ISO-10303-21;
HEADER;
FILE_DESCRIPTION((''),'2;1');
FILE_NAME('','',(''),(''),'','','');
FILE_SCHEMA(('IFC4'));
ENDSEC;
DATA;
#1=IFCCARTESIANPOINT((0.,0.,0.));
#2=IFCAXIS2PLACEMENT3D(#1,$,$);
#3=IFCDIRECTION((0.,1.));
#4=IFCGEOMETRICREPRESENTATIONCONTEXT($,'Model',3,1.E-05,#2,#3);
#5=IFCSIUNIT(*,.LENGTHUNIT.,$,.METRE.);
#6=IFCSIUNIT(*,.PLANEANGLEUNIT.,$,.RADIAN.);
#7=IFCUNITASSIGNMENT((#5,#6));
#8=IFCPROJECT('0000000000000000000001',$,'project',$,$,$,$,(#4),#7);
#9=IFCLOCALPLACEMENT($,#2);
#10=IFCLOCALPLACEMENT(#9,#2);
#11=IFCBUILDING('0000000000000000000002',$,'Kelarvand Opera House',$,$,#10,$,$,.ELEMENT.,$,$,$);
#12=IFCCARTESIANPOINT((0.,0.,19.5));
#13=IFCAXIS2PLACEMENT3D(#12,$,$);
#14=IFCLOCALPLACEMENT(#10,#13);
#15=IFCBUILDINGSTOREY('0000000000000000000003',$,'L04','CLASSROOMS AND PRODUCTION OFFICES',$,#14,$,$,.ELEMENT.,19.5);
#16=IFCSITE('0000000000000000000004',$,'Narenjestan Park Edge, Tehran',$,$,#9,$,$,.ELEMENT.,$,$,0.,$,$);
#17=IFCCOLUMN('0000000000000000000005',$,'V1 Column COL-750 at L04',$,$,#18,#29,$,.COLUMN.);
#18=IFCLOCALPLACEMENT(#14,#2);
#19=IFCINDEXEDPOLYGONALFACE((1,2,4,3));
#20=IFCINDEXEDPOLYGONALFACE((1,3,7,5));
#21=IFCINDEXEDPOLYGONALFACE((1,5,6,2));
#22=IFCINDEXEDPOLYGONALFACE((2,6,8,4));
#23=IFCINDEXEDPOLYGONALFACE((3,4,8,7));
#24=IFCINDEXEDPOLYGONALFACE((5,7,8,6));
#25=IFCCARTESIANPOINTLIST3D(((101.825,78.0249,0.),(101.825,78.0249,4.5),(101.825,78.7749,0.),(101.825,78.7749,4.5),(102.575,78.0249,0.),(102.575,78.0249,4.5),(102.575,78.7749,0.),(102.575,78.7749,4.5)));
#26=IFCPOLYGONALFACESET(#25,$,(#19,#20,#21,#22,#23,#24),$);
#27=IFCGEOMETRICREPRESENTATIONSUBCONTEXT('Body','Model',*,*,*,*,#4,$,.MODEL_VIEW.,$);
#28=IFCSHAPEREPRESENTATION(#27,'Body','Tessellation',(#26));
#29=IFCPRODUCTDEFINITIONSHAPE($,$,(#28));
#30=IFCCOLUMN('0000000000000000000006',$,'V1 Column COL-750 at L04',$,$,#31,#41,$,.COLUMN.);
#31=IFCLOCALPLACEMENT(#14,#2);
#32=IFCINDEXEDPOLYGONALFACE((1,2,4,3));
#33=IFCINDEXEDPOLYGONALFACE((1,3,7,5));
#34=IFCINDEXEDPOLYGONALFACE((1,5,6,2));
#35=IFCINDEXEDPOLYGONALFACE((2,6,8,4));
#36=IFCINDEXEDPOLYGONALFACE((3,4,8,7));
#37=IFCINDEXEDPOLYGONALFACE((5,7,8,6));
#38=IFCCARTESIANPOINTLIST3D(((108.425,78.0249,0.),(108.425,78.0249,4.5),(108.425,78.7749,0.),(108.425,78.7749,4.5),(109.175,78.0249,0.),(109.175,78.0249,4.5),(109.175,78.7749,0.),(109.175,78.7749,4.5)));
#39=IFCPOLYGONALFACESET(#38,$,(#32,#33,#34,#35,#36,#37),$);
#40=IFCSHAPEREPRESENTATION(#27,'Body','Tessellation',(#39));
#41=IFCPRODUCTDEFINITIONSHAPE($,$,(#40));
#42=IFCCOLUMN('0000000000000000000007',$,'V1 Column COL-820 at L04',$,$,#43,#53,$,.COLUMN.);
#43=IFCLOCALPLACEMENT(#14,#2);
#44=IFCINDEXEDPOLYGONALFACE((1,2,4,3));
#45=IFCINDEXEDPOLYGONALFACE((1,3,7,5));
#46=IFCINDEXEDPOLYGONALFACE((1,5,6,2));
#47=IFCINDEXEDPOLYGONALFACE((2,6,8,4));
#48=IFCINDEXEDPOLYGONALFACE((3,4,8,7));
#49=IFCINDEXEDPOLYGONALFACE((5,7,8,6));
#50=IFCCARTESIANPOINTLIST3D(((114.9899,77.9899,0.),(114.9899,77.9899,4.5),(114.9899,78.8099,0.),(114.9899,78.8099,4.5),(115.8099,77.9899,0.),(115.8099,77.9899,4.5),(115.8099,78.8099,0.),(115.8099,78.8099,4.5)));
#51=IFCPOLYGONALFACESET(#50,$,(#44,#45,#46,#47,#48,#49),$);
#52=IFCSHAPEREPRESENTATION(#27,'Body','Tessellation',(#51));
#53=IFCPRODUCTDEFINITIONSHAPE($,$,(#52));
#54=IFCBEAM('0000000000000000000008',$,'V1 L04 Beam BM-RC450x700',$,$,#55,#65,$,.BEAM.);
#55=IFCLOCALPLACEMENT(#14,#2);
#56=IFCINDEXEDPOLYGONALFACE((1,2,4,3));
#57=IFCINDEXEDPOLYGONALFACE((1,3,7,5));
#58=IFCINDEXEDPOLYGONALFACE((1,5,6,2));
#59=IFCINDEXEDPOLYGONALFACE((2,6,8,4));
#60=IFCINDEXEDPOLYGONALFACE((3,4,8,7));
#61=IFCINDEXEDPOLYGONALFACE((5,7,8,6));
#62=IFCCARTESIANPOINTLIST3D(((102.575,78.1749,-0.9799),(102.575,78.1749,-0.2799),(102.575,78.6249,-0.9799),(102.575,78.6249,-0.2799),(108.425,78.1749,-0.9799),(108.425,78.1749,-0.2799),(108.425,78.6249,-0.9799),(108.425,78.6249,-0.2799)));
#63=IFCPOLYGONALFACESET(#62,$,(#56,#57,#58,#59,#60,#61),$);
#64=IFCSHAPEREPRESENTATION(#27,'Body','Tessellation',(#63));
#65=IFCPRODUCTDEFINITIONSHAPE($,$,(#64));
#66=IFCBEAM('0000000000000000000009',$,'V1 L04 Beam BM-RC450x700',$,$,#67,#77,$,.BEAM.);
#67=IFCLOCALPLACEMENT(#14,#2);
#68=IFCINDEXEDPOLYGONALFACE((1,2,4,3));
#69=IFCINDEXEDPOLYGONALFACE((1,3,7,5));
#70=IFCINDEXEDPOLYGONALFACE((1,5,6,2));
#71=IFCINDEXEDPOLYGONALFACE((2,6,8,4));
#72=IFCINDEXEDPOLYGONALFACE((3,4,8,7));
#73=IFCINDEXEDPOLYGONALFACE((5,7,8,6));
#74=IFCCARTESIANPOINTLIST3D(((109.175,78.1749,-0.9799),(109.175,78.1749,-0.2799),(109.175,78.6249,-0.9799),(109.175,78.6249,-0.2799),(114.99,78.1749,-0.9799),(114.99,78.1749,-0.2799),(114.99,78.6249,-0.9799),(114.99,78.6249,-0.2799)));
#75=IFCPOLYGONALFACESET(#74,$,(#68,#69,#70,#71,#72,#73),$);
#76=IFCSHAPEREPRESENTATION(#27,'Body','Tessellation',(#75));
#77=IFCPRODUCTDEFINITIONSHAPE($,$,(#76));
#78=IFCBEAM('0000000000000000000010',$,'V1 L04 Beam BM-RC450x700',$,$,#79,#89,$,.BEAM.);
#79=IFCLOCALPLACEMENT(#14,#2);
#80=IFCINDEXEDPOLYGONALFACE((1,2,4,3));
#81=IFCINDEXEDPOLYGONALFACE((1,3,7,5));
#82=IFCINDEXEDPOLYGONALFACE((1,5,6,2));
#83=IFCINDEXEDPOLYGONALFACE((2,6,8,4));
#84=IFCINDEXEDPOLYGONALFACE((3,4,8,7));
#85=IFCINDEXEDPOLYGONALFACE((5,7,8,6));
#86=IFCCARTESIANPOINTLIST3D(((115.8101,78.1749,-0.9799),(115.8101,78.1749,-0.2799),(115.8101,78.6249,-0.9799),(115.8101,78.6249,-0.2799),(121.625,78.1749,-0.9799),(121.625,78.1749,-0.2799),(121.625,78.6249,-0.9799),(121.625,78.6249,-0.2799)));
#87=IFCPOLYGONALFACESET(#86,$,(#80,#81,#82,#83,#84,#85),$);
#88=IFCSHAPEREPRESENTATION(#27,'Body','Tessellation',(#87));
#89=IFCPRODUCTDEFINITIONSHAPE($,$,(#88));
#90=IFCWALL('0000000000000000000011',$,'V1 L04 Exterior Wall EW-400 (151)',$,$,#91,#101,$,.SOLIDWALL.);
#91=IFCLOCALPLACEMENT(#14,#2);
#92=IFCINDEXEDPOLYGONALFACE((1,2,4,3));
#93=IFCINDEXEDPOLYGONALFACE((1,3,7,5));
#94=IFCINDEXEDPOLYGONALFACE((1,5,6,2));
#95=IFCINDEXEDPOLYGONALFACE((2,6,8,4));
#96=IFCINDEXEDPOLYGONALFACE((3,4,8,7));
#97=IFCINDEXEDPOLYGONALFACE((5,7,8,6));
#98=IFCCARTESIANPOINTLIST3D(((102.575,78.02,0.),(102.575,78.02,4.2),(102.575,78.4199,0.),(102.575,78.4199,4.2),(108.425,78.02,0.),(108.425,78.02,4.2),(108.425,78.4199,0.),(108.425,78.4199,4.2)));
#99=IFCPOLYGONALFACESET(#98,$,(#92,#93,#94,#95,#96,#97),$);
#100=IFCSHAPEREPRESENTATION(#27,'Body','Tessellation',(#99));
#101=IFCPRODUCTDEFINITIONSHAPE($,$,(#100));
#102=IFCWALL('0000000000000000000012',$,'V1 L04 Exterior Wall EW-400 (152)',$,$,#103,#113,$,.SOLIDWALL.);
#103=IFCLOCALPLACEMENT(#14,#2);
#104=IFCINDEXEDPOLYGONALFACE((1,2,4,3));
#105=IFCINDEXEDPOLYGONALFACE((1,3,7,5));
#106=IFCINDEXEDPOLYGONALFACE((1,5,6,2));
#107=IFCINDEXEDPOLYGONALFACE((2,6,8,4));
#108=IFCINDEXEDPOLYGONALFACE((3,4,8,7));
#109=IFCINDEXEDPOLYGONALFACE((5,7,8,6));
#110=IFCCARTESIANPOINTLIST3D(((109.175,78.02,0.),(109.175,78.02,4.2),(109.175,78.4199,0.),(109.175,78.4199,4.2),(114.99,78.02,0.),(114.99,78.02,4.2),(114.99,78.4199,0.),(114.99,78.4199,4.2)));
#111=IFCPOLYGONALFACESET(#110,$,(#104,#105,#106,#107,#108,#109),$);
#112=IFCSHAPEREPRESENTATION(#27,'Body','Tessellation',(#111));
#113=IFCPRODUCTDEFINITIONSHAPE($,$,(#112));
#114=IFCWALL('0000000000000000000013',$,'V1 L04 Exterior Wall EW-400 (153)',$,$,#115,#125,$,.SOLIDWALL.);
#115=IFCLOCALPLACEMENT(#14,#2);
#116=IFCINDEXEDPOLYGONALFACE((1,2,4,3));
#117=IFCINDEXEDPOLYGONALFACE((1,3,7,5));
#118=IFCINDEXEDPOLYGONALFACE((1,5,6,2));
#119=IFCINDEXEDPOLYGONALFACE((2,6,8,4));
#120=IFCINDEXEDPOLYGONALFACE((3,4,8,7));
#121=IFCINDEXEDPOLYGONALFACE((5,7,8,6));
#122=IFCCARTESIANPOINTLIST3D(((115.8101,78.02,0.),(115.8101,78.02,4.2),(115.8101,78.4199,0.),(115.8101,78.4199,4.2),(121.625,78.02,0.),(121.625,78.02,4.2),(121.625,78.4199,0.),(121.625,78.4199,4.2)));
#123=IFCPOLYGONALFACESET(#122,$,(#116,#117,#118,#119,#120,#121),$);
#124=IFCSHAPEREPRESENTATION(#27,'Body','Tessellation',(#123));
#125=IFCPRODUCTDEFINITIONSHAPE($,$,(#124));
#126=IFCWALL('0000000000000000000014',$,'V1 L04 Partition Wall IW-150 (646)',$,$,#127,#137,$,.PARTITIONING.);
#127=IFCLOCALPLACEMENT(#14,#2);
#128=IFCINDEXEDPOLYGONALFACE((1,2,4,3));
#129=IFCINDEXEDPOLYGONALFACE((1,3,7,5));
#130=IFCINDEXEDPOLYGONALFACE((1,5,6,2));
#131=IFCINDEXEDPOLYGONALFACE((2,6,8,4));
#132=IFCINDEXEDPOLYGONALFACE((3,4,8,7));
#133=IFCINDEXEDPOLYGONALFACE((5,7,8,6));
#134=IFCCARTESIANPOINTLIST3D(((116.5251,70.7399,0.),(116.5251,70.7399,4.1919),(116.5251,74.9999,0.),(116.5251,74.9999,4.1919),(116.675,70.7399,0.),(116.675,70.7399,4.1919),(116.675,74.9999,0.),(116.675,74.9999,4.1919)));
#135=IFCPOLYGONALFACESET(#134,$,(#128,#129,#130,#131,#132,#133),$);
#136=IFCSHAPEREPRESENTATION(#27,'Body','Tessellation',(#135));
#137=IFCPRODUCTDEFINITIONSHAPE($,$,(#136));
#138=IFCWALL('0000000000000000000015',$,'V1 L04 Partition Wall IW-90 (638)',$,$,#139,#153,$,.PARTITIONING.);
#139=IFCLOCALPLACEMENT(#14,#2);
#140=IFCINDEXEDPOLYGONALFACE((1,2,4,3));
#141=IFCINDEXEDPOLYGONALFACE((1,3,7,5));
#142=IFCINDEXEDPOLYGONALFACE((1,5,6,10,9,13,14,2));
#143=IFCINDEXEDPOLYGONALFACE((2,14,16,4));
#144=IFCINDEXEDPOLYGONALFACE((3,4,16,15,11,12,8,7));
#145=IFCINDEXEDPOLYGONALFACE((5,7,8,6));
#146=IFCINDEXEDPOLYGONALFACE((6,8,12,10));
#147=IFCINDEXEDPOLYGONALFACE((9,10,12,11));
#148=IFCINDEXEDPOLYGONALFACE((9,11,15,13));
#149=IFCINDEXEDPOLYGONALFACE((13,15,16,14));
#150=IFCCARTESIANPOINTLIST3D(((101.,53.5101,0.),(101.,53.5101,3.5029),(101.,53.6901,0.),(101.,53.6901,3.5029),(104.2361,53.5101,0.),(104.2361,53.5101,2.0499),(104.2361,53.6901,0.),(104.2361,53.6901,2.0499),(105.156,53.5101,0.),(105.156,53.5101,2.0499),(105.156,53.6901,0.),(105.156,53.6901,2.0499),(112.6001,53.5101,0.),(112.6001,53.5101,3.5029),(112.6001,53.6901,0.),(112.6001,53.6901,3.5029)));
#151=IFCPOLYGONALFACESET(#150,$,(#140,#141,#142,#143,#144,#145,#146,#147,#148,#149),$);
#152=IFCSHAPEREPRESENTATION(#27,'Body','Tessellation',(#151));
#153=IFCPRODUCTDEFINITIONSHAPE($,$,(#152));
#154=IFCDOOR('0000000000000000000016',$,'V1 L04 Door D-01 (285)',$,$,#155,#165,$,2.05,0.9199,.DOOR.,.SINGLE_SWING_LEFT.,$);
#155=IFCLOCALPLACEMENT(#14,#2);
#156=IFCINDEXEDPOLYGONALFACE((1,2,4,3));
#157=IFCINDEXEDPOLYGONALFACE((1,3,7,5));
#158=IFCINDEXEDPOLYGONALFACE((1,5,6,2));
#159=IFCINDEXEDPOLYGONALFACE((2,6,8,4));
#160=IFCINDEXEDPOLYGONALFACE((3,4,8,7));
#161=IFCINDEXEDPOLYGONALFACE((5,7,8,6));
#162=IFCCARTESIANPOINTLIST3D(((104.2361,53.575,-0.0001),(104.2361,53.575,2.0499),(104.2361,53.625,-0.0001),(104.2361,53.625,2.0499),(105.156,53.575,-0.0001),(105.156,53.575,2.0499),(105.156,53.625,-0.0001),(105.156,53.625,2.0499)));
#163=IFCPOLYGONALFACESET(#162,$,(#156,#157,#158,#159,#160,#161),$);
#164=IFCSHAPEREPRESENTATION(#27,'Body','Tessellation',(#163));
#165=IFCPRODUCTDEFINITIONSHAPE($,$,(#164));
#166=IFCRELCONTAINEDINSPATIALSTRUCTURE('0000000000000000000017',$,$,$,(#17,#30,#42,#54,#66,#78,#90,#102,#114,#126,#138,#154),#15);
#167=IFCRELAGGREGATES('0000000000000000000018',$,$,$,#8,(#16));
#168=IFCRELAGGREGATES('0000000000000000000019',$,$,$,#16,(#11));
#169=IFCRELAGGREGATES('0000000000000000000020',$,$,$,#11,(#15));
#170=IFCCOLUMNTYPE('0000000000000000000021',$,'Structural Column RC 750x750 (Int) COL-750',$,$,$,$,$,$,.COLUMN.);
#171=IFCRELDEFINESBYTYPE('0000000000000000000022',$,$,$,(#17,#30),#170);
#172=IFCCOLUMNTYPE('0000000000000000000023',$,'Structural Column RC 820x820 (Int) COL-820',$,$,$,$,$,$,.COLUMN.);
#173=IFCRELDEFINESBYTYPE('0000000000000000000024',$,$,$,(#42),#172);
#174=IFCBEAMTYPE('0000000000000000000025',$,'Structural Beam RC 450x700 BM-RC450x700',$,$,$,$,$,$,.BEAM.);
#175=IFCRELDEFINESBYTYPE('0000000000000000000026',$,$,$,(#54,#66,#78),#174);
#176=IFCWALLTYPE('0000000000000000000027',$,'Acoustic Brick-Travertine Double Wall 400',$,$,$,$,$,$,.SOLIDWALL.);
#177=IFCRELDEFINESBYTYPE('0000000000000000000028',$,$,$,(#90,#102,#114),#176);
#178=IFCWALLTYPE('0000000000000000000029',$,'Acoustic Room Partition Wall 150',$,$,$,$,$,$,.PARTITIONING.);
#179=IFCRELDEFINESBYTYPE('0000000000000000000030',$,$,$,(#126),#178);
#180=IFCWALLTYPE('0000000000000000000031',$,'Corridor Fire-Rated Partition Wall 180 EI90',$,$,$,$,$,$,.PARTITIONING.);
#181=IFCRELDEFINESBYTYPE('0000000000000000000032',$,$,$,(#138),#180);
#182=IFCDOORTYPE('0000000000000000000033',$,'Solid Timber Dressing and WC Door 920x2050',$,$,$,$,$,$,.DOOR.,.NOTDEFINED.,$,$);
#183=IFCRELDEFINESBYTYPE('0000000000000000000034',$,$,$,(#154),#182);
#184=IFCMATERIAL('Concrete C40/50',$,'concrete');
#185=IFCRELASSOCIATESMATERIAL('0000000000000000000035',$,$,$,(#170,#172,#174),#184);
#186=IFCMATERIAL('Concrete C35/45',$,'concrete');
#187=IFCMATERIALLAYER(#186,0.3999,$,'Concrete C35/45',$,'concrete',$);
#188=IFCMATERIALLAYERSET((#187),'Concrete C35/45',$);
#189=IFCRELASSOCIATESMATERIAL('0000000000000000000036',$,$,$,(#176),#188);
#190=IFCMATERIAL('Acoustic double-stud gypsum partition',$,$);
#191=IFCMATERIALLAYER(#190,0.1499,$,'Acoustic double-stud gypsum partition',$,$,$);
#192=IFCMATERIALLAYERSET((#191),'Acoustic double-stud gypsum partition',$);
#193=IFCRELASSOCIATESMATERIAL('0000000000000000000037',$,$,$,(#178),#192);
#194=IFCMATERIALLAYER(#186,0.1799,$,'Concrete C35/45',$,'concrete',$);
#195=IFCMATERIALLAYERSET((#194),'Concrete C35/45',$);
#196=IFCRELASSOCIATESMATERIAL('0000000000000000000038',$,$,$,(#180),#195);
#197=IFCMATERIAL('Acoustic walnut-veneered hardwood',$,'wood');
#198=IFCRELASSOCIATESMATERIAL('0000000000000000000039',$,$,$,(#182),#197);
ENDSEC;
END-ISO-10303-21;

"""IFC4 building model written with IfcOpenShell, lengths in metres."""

from ifc_helpers import new_model, si_unit, direction, frame, frame_2d, origin, origin_2d, place, context, subcontext, project, spatial, rectangle, extrude, material, layer, layer_set, material_profile, profile_set, type_object, element, fill, save


model = new_model("IFC4")

# Units and contexts
model_context = context("Model", 3, precision=1e-05, world=origin(), true_north=direction((0.0, 1.0)))
body_context = subcontext(model_context, "Body", "Model", "MODEL_VIEW")
ifc_project = project(units=[si_unit("LENGTHUNIT", "METRE"), si_unit("PLANEANGLEUNIT", "RADIAN")], contexts=[model_context])

# Site, building, storey
site_placement = place(None, origin())
site = spatial("IfcSite", under=ifc_project, at=site_placement, Name="Narenjestan Park Edge, Tehran", CompositionType="ELEMENT", RefElevation=0.0)
building_placement = place(site_placement, origin())
building = spatial("IfcBuilding", under=site, at=building_placement, Name="Kelarvand Opera House", CompositionType="ELEMENT")
storey_placement = place(building_placement, frame((0.0, 0.0, 19.5)))
storey = spatial("IfcBuildingStorey", under=building, at=storey_placement, Name="L04", Description="CLASSROOMS AND PRODUCTION OFFICES", CompositionType="ELEMENT", Elevation=19.5)

# Columns
ifc_material_1 = material(Name="Concrete C40/50", Category="concrete")
ifc_material_profile_1 = material_profile(ifc_material_1, rectangle(XDim=0.75, YDim=0.75, at=origin_2d()), Name="RC 750x750", Category="concrete")
ifc_profile_set_1 = profile_set([ifc_material_profile_1], Name="Concrete C40/50")
column_type_1 = type_object("IfcColumnType", Name="Structural Column RC 750x750 (Int) COL-750", PredefinedType="COLUMN", material=ifc_profile_set_1)
for number, where, z_axis, x_axis, name in (
    (1, (102.2, 78.3999, 0.0), (0.0, 0.0, 1.0), (1.0, 0.0, 0.0), "V1 Column COL-750 at L04"),
    (2, (108.8, 78.3999, 0.0), (0.0, 0.0, 1.0), (1.0, 0.0, 0.0), "V1 Column COL-750 at L04"),
):
    element("IfcColumn", number, at=place(storey_placement, frame(where, z_axis=z_axis, x_axis=x_axis)), inside=storey, type_object=column_type_1, Name=name, PredefinedType="COLUMN", context=body_context, shape_type="SweptSolid", body=[
        extrude(rectangle(XDim=0.75, YDim=0.75, at=origin_2d()), origin(), (0.0, 0.0, 1.0), 4.5),
    ])
ifc_material_profile_2 = material_profile(ifc_material_1, rectangle(XDim=0.8201, YDim=0.8201, at=origin_2d()), Name="RC 820x820", Category="concrete")
ifc_profile_set_2 = profile_set([ifc_material_profile_2], Name="Concrete C40/50")
column_type_2 = type_object("IfcColumnType", Name="Structural Column RC 820x820 (Int) COL-820", PredefinedType="COLUMN", material=ifc_profile_set_2)
column_placement = place(storey_placement, frame((115.3999, 78.3999, 0.0), z_axis=(0.0, 0.0, 1.0), x_axis=(1.0, 0.0, 0.0)))
element("IfcColumn", 3, at=column_placement, inside=storey, type_object=column_type_2, Name="V1 Column COL-820 at L04", PredefinedType="COLUMN", context=body_context, shape_type="SweptSolid", body=[
    extrude(rectangle(XDim=0.8201, YDim=0.8201, at=origin_2d()), origin(), (0.0, 0.0, 1.0), 4.5),
])

# Beams
ifc_material_profile_3 = material_profile(ifc_material_1, rectangle(XDim=0.45, YDim=0.7, at=origin_2d()), Name="RC 450x700", Category="concrete")
ifc_profile_set_3 = profile_set([ifc_material_profile_3], Name="Concrete C40/50")
beam_type = type_object("IfcBeamType", Name="Structural Beam RC 450x700 BM-RC450x700", PredefinedType="BEAM", material=ifc_profile_set_3)
beam_placement = place(storey_placement, frame((102.575, 78.3999, -0.6299), z_axis=(1.0, 0.0, 0.0), x_axis=(0.0, 1.0, 0.0)))
element("IfcBeam", 4, at=beam_placement, inside=storey, type_object=beam_type, Name="V1 L04 Beam BM-RC450x700", PredefinedType="BEAM", context=body_context, shape_type="SweptSolid", body=[
    extrude(rectangle(XDim=0.45, YDim=0.7, at=origin_2d()), origin(), (0.0, 0.0, 1.0), 5.8501),
])
for number, where, z_axis, x_axis, name in (
    (5, (109.175, 78.3999, -0.6299), (1.0, 0.0, 0.0), (0.0, 1.0, 0.0), "V1 L04 Beam BM-RC450x700"),
    (6, (115.8101, 78.3999, -0.6299), (1.0, 0.0, 0.0), (0.0, 1.0, 0.0), "V1 L04 Beam BM-RC450x700"),
):
    element("IfcBeam", number, at=place(storey_placement, frame(where, z_axis=z_axis, x_axis=x_axis)), inside=storey, type_object=beam_type, Name=name, PredefinedType="BEAM", context=body_context, shape_type="SweptSolid", body=[
        extrude(rectangle(XDim=0.45, YDim=0.7, at=origin_2d()), origin(), (0.0, 0.0, 1.0), 5.8149),
    ])

# Walls
ifc_material_2 = material(Name="Concrete C35/45", Category="concrete")
ifc_layer_1 = layer(ifc_material_2, 0.3999, Name="Concrete C35/45", Category="concrete")
ifc_layer_set_1 = layer_set([ifc_layer_1], Name="Concrete C35/45")
wall_type_1 = type_object("IfcWallType", Name="Acoustic Brick-Travertine Double Wall 400", PredefinedType="SOLIDWALL", material=ifc_layer_set_1)
wall_1_placement = place(storey_placement, frame((102.575, 78.22, 0.0), z_axis=(0.0, 0.0, 1.0), x_axis=(1.0, 0.0, 0.0)))
element("IfcWall", 7, at=wall_1_placement, inside=storey, type_object=wall_type_1, Name="V1 L04 Exterior Wall EW-400 (151)", PredefinedType="SOLIDWALL", context=body_context, shape_type="SweptSolid", body=[
    extrude(rectangle(XDim=5.8501, YDim=0.3999, at=frame_2d((2.925, 0.0))), origin(), (0.0, 0.0, 1.0), 4.2),
])
for number, where, z_axis, x_axis, name in (
    (8, (109.175, 78.22, 0.0), (0.0, 0.0, 1.0), (1.0, 0.0, 0.0), "V1 L04 Exterior Wall EW-400 (152)"),
    (9, (115.8101, 78.22, 0.0), (0.0, 0.0, 1.0), (1.0, 0.0, 0.0), "V1 L04 Exterior Wall EW-400 (153)"),
):
    element("IfcWall", number, at=place(storey_placement, frame(where, z_axis=z_axis, x_axis=x_axis)), inside=storey, type_object=wall_type_1, Name=name, PredefinedType="SOLIDWALL", context=body_context, shape_type="SweptSolid", body=[
        extrude(rectangle(XDim=5.8149, YDim=0.3999, at=frame_2d((2.9075, 0.0))), origin(), (0.0, 0.0, 1.0), 4.2),
    ])
ifc_material_3 = material(Name="Acoustic double-stud gypsum partition")
ifc_layer_2 = layer(ifc_material_3, 0.1499, Name="Acoustic double-stud gypsum partition")
ifc_layer_set_2 = layer_set([ifc_layer_2], Name="Acoustic double-stud gypsum partition")
wall_type_2 = type_object("IfcWallType", Name="Acoustic Room Partition Wall 150", PredefinedType="PARTITIONING", material=ifc_layer_set_2)
wall_2_placement = place(storey_placement, frame((116.6001, 70.74, 0.0), z_axis=(0.0, 0.0, 1.0), x_axis=(0.0, 1.0, 0.0)))
element("IfcWall", 10, at=wall_2_placement, inside=storey, type_object=wall_type_2, Name="V1 L04 Partition Wall IW-150 (646)", PredefinedType="PARTITIONING", context=body_context, shape_type="SweptSolid", body=[
    extrude(rectangle(XDim=4.26, YDim=0.1499, at=frame_2d((2.1299, 0.0))), origin(), (0.0, 0.0, 1.0), 4.1919),
])

# Wall, opening, door
ifc_layer_3 = layer(ifc_material_2, 0.1799, Name="Concrete C35/45", Category="concrete")
ifc_layer_set_3 = layer_set([ifc_layer_3], Name="Concrete C35/45")
wall_type_3 = type_object("IfcWallType", Name="Corridor Fire-Rated Partition Wall 180 EI90", PredefinedType="PARTITIONING", material=ifc_layer_set_3)
wall_3_placement = place(storey_placement, frame((101.0, 53.6001, 0.0), z_axis=(0.0, 0.0, 1.0), x_axis=(1.0, 0.0, 0.0)))
wall_3 = element("IfcWall", 11, at=wall_3_placement, inside=storey, type_object=wall_type_3, Name="V1 L04 Partition Wall IW-90 (638)", PredefinedType="PARTITIONING", context=body_context, shape_type="SweptSolid", body=[
    extrude(rectangle(XDim=11.6001, YDim=0.1799, at=frame_2d((5.8, 0.0))), origin(), (0.0, 0.0, 1.0), 3.5029),
])
opening_1_placement = place(wall_3_placement, frame((3.2361, 0.0, 0.0)))
opening_1 = element("IfcOpeningElement", 12, at=opening_1_placement, cuts=wall_3, PredefinedType="OPENING", context=body_context, shape_type="SweptSolid", body=[
    extrude(rectangle(XDim=0.9199, YDim=2.05, at=frame_2d((0.46, 1.0249))), frame((0.0, 0.1001, 0.0), z_axis=(0.0, -1.0, 0.0), x_axis=(1.0, 0.0, 0.0)), (0.0, 0.0, 1.0), 0.2),
])
ifc_material_4 = material(Name="Acoustic walnut-veneered hardwood", Category="wood")
door_type_1 = type_object("IfcDoorType", Name="Solid Timber Dressing and WC Door 920x2050", OperationType="NOTDEFINED", PredefinedType="DOOR", material=ifc_material_4)
door_1_placement = place(opening_1_placement, origin())
door_1 = element("IfcDoor", 13, at=door_1_placement, inside=storey, type_object=door_type_1, Name="V1 L04 Door D-01 (285)", OperationType="SINGLE_SWING_LEFT", OverallHeight=2.05, OverallWidth=0.9199, PredefinedType="DOOR", context=body_context, shape_type="SweptSolid", body=[
    extrude(rectangle(XDim=0.9199, YDim=2.05, at=frame_2d((0.46, 1.0249))), frame((0.0, 0.0249, 0.0), z_axis=(0.0, -1.0, 0.0), x_axis=(1.0, 0.0, 0.0)), (0.0, 0.0, 1.0), 0.05),
])
fill(opening_1, door_1)

save(model, "model.ifc")
